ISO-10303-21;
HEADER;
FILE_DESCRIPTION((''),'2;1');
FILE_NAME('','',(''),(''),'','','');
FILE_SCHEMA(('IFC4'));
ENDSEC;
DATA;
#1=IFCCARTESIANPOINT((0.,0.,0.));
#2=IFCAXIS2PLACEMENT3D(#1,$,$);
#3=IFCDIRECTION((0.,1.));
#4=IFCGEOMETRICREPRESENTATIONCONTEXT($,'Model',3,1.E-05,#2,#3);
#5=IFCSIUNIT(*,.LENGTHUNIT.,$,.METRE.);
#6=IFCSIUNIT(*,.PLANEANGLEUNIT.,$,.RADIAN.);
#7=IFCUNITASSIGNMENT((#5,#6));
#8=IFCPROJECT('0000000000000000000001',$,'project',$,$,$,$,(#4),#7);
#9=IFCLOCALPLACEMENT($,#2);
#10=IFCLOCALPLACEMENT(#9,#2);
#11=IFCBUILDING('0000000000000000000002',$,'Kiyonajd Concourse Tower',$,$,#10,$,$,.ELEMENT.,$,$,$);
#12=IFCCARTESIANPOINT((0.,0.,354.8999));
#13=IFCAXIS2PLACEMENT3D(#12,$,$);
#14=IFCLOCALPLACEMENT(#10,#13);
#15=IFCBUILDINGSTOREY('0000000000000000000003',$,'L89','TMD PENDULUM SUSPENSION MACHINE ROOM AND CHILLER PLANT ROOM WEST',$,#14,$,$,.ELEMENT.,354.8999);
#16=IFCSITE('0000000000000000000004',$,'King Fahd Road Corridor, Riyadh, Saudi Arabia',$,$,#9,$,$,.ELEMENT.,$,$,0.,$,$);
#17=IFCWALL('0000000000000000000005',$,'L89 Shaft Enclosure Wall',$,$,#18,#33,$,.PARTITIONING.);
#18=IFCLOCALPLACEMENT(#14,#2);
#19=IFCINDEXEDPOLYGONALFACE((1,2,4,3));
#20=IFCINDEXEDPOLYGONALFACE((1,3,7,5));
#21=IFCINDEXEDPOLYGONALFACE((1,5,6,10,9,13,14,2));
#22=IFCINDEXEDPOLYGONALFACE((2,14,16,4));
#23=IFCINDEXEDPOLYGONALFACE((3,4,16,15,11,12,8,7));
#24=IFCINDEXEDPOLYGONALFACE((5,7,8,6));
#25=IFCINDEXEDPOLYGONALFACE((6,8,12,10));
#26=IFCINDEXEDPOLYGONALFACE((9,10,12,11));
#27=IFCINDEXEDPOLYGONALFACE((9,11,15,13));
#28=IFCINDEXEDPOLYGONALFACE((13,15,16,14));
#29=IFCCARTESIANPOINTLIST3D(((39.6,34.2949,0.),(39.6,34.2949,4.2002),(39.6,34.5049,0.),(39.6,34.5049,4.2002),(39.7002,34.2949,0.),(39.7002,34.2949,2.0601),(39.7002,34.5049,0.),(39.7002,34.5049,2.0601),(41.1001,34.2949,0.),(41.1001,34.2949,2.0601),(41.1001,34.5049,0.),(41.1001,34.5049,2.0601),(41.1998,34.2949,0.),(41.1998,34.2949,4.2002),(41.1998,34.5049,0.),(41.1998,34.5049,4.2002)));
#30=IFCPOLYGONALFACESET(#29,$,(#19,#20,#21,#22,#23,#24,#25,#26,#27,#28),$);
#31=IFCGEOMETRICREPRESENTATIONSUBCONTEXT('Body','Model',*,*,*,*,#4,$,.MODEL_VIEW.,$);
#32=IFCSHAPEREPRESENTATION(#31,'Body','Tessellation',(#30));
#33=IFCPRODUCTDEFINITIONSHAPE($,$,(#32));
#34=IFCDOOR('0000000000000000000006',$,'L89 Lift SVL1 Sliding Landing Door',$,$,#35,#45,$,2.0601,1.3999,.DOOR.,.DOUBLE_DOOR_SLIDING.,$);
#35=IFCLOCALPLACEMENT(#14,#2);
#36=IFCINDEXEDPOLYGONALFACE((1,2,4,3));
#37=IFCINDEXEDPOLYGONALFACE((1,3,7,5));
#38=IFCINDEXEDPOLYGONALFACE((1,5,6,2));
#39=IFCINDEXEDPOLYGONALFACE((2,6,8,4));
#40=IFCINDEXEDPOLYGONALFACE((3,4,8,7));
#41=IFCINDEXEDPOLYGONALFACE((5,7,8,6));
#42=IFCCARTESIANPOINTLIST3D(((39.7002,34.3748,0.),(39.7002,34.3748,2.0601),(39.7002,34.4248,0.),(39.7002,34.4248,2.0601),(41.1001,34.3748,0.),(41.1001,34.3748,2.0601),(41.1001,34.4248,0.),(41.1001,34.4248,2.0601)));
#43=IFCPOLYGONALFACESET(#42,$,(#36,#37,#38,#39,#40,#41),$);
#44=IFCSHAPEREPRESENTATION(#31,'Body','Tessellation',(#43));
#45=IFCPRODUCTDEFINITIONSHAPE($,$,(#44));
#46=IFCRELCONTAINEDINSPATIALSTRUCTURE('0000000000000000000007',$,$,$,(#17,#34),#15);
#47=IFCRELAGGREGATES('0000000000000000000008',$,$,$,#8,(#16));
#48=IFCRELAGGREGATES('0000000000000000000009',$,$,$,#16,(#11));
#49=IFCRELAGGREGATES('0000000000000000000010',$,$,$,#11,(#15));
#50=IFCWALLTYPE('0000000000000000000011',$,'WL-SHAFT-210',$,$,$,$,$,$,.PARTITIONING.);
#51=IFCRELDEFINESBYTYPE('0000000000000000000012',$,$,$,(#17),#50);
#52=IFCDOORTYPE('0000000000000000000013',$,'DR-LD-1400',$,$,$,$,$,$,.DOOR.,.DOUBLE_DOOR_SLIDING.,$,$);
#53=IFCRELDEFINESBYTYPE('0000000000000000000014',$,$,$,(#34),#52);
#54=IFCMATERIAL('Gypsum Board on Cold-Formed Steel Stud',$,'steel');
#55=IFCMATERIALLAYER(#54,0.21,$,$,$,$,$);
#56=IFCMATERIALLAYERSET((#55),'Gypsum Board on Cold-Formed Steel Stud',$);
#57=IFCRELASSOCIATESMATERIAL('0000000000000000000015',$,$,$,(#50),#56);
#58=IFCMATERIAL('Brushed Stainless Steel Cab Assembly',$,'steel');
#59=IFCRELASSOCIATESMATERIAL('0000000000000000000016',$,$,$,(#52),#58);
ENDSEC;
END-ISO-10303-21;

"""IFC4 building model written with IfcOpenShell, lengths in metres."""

from ifc_helpers import new_model, si_unit, direction, frame, frame_2d, origin, place, context, subcontext, project, spatial, rectangle, extrude, material, layer, layer_set, type_object, element, fill, save


model = new_model("IFC4")

# Units and contexts
model_context = context("Model", 3, precision=1e-05, world=origin(), true_north=direction((0.0, 1.0)))
body_context = subcontext(model_context, "Body", "Model", "MODEL_VIEW")
ifc_project = project(units=[si_unit("LENGTHUNIT", "METRE"), si_unit("PLANEANGLEUNIT", "RADIAN")], contexts=[model_context])

# Site, building, storey
site_placement = place(None, origin())
site = spatial("IfcSite", under=ifc_project, at=site_placement, Name="King Fahd Road Corridor, Riyadh, Saudi Arabia", CompositionType="ELEMENT", RefElevation=0.0)
building_placement = place(site_placement, origin())
building = spatial("IfcBuilding", under=site, at=building_placement, Name="Kiyonajd Concourse Tower", CompositionType="ELEMENT")
storey_placement = place(building_placement, frame((0.0, 0.0, 354.8999)))
storey = spatial("IfcBuildingStorey", under=building, at=storey_placement, Name="L89", Description="TMD PENDULUM SUSPENSION MACHINE ROOM AND CHILLER PLANT ROOM WEST", CompositionType="ELEMENT", Elevation=354.8999)

# Wall, opening, door
ifc_material_1 = material(Name="Gypsum Board on Cold-Formed Steel Stud", Category="steel")
ifc_layer_1 = layer(ifc_material_1, 0.21)
ifc_layer_set_1 = layer_set([ifc_layer_1], Name="Gypsum Board on Cold-Formed Steel Stud")
wall_type_1 = type_object("IfcWallType", Name="WL-SHAFT-210", PredefinedType="PARTITIONING", material=ifc_layer_set_1)
wall_1_placement = place(storey_placement, frame((39.6001, 34.3999, 0.0), z_axis=(0.0, 0.0, 1.0), x_axis=(1.0, 0.0, 0.0)))
wall_1 = element("IfcWall", 1, at=wall_1_placement, inside=storey, type_object=wall_type_1, Name="L89 Shaft Enclosure Wall", PredefinedType="PARTITIONING", context=body_context, shape_type="SweptSolid", body=[
    extrude(rectangle(XDim=1.5999, YDim=0.21, at=frame_2d((0.7998, 0.0))), origin(), (0.0, 0.0, 1.0), 4.2002),
])
opening_placement = place(wall_1_placement, frame((0.1001, 0.0, 0.0)))
opening = element("IfcOpeningElement", 2, at=opening_placement, cuts=wall_1, PredefinedType="OPENING", context=body_context, shape_type="SweptSolid", body=[
    extrude(rectangle(XDim=1.3999, YDim=2.0601, at=frame_2d((0.7, 1.03))), frame((0.0, 0.115, 0.0), z_axis=(0.0, -1.0, 0.0), x_axis=(1.0, 0.0, 0.0)), (0.0, 0.0, 1.0), 0.23),
])
ifc_material_2 = material(Name="Brushed Stainless Steel Cab Assembly", Category="steel")
door_type = type_object("IfcDoorType", Name="DR-LD-1400", OperationType="DOUBLE_DOOR_SLIDING", PredefinedType="DOOR", material=ifc_material_2)
door_placement = place(opening_placement, origin())
door = element("IfcDoor", 3, at=door_placement, inside=storey, type_object=door_type, Name="L89 Lift SVL1 Sliding Landing Door", OperationType="DOUBLE_DOOR_SLIDING", OverallHeight=2.0601, OverallWidth=1.3999, PredefinedType="DOOR", context=body_context, shape_type="SweptSolid", body=[
    extrude(rectangle(XDim=1.3999, YDim=2.0601, at=frame_2d((0.7, 1.03))), frame((0.0, 0.0249, 0.0), z_axis=(0.0, -1.0, 0.0), x_axis=(1.0, 0.0, 0.0)), (0.0, 0.0, 1.0), 0.05),
])
fill(opening, door)

save(model, "model.ifc")
